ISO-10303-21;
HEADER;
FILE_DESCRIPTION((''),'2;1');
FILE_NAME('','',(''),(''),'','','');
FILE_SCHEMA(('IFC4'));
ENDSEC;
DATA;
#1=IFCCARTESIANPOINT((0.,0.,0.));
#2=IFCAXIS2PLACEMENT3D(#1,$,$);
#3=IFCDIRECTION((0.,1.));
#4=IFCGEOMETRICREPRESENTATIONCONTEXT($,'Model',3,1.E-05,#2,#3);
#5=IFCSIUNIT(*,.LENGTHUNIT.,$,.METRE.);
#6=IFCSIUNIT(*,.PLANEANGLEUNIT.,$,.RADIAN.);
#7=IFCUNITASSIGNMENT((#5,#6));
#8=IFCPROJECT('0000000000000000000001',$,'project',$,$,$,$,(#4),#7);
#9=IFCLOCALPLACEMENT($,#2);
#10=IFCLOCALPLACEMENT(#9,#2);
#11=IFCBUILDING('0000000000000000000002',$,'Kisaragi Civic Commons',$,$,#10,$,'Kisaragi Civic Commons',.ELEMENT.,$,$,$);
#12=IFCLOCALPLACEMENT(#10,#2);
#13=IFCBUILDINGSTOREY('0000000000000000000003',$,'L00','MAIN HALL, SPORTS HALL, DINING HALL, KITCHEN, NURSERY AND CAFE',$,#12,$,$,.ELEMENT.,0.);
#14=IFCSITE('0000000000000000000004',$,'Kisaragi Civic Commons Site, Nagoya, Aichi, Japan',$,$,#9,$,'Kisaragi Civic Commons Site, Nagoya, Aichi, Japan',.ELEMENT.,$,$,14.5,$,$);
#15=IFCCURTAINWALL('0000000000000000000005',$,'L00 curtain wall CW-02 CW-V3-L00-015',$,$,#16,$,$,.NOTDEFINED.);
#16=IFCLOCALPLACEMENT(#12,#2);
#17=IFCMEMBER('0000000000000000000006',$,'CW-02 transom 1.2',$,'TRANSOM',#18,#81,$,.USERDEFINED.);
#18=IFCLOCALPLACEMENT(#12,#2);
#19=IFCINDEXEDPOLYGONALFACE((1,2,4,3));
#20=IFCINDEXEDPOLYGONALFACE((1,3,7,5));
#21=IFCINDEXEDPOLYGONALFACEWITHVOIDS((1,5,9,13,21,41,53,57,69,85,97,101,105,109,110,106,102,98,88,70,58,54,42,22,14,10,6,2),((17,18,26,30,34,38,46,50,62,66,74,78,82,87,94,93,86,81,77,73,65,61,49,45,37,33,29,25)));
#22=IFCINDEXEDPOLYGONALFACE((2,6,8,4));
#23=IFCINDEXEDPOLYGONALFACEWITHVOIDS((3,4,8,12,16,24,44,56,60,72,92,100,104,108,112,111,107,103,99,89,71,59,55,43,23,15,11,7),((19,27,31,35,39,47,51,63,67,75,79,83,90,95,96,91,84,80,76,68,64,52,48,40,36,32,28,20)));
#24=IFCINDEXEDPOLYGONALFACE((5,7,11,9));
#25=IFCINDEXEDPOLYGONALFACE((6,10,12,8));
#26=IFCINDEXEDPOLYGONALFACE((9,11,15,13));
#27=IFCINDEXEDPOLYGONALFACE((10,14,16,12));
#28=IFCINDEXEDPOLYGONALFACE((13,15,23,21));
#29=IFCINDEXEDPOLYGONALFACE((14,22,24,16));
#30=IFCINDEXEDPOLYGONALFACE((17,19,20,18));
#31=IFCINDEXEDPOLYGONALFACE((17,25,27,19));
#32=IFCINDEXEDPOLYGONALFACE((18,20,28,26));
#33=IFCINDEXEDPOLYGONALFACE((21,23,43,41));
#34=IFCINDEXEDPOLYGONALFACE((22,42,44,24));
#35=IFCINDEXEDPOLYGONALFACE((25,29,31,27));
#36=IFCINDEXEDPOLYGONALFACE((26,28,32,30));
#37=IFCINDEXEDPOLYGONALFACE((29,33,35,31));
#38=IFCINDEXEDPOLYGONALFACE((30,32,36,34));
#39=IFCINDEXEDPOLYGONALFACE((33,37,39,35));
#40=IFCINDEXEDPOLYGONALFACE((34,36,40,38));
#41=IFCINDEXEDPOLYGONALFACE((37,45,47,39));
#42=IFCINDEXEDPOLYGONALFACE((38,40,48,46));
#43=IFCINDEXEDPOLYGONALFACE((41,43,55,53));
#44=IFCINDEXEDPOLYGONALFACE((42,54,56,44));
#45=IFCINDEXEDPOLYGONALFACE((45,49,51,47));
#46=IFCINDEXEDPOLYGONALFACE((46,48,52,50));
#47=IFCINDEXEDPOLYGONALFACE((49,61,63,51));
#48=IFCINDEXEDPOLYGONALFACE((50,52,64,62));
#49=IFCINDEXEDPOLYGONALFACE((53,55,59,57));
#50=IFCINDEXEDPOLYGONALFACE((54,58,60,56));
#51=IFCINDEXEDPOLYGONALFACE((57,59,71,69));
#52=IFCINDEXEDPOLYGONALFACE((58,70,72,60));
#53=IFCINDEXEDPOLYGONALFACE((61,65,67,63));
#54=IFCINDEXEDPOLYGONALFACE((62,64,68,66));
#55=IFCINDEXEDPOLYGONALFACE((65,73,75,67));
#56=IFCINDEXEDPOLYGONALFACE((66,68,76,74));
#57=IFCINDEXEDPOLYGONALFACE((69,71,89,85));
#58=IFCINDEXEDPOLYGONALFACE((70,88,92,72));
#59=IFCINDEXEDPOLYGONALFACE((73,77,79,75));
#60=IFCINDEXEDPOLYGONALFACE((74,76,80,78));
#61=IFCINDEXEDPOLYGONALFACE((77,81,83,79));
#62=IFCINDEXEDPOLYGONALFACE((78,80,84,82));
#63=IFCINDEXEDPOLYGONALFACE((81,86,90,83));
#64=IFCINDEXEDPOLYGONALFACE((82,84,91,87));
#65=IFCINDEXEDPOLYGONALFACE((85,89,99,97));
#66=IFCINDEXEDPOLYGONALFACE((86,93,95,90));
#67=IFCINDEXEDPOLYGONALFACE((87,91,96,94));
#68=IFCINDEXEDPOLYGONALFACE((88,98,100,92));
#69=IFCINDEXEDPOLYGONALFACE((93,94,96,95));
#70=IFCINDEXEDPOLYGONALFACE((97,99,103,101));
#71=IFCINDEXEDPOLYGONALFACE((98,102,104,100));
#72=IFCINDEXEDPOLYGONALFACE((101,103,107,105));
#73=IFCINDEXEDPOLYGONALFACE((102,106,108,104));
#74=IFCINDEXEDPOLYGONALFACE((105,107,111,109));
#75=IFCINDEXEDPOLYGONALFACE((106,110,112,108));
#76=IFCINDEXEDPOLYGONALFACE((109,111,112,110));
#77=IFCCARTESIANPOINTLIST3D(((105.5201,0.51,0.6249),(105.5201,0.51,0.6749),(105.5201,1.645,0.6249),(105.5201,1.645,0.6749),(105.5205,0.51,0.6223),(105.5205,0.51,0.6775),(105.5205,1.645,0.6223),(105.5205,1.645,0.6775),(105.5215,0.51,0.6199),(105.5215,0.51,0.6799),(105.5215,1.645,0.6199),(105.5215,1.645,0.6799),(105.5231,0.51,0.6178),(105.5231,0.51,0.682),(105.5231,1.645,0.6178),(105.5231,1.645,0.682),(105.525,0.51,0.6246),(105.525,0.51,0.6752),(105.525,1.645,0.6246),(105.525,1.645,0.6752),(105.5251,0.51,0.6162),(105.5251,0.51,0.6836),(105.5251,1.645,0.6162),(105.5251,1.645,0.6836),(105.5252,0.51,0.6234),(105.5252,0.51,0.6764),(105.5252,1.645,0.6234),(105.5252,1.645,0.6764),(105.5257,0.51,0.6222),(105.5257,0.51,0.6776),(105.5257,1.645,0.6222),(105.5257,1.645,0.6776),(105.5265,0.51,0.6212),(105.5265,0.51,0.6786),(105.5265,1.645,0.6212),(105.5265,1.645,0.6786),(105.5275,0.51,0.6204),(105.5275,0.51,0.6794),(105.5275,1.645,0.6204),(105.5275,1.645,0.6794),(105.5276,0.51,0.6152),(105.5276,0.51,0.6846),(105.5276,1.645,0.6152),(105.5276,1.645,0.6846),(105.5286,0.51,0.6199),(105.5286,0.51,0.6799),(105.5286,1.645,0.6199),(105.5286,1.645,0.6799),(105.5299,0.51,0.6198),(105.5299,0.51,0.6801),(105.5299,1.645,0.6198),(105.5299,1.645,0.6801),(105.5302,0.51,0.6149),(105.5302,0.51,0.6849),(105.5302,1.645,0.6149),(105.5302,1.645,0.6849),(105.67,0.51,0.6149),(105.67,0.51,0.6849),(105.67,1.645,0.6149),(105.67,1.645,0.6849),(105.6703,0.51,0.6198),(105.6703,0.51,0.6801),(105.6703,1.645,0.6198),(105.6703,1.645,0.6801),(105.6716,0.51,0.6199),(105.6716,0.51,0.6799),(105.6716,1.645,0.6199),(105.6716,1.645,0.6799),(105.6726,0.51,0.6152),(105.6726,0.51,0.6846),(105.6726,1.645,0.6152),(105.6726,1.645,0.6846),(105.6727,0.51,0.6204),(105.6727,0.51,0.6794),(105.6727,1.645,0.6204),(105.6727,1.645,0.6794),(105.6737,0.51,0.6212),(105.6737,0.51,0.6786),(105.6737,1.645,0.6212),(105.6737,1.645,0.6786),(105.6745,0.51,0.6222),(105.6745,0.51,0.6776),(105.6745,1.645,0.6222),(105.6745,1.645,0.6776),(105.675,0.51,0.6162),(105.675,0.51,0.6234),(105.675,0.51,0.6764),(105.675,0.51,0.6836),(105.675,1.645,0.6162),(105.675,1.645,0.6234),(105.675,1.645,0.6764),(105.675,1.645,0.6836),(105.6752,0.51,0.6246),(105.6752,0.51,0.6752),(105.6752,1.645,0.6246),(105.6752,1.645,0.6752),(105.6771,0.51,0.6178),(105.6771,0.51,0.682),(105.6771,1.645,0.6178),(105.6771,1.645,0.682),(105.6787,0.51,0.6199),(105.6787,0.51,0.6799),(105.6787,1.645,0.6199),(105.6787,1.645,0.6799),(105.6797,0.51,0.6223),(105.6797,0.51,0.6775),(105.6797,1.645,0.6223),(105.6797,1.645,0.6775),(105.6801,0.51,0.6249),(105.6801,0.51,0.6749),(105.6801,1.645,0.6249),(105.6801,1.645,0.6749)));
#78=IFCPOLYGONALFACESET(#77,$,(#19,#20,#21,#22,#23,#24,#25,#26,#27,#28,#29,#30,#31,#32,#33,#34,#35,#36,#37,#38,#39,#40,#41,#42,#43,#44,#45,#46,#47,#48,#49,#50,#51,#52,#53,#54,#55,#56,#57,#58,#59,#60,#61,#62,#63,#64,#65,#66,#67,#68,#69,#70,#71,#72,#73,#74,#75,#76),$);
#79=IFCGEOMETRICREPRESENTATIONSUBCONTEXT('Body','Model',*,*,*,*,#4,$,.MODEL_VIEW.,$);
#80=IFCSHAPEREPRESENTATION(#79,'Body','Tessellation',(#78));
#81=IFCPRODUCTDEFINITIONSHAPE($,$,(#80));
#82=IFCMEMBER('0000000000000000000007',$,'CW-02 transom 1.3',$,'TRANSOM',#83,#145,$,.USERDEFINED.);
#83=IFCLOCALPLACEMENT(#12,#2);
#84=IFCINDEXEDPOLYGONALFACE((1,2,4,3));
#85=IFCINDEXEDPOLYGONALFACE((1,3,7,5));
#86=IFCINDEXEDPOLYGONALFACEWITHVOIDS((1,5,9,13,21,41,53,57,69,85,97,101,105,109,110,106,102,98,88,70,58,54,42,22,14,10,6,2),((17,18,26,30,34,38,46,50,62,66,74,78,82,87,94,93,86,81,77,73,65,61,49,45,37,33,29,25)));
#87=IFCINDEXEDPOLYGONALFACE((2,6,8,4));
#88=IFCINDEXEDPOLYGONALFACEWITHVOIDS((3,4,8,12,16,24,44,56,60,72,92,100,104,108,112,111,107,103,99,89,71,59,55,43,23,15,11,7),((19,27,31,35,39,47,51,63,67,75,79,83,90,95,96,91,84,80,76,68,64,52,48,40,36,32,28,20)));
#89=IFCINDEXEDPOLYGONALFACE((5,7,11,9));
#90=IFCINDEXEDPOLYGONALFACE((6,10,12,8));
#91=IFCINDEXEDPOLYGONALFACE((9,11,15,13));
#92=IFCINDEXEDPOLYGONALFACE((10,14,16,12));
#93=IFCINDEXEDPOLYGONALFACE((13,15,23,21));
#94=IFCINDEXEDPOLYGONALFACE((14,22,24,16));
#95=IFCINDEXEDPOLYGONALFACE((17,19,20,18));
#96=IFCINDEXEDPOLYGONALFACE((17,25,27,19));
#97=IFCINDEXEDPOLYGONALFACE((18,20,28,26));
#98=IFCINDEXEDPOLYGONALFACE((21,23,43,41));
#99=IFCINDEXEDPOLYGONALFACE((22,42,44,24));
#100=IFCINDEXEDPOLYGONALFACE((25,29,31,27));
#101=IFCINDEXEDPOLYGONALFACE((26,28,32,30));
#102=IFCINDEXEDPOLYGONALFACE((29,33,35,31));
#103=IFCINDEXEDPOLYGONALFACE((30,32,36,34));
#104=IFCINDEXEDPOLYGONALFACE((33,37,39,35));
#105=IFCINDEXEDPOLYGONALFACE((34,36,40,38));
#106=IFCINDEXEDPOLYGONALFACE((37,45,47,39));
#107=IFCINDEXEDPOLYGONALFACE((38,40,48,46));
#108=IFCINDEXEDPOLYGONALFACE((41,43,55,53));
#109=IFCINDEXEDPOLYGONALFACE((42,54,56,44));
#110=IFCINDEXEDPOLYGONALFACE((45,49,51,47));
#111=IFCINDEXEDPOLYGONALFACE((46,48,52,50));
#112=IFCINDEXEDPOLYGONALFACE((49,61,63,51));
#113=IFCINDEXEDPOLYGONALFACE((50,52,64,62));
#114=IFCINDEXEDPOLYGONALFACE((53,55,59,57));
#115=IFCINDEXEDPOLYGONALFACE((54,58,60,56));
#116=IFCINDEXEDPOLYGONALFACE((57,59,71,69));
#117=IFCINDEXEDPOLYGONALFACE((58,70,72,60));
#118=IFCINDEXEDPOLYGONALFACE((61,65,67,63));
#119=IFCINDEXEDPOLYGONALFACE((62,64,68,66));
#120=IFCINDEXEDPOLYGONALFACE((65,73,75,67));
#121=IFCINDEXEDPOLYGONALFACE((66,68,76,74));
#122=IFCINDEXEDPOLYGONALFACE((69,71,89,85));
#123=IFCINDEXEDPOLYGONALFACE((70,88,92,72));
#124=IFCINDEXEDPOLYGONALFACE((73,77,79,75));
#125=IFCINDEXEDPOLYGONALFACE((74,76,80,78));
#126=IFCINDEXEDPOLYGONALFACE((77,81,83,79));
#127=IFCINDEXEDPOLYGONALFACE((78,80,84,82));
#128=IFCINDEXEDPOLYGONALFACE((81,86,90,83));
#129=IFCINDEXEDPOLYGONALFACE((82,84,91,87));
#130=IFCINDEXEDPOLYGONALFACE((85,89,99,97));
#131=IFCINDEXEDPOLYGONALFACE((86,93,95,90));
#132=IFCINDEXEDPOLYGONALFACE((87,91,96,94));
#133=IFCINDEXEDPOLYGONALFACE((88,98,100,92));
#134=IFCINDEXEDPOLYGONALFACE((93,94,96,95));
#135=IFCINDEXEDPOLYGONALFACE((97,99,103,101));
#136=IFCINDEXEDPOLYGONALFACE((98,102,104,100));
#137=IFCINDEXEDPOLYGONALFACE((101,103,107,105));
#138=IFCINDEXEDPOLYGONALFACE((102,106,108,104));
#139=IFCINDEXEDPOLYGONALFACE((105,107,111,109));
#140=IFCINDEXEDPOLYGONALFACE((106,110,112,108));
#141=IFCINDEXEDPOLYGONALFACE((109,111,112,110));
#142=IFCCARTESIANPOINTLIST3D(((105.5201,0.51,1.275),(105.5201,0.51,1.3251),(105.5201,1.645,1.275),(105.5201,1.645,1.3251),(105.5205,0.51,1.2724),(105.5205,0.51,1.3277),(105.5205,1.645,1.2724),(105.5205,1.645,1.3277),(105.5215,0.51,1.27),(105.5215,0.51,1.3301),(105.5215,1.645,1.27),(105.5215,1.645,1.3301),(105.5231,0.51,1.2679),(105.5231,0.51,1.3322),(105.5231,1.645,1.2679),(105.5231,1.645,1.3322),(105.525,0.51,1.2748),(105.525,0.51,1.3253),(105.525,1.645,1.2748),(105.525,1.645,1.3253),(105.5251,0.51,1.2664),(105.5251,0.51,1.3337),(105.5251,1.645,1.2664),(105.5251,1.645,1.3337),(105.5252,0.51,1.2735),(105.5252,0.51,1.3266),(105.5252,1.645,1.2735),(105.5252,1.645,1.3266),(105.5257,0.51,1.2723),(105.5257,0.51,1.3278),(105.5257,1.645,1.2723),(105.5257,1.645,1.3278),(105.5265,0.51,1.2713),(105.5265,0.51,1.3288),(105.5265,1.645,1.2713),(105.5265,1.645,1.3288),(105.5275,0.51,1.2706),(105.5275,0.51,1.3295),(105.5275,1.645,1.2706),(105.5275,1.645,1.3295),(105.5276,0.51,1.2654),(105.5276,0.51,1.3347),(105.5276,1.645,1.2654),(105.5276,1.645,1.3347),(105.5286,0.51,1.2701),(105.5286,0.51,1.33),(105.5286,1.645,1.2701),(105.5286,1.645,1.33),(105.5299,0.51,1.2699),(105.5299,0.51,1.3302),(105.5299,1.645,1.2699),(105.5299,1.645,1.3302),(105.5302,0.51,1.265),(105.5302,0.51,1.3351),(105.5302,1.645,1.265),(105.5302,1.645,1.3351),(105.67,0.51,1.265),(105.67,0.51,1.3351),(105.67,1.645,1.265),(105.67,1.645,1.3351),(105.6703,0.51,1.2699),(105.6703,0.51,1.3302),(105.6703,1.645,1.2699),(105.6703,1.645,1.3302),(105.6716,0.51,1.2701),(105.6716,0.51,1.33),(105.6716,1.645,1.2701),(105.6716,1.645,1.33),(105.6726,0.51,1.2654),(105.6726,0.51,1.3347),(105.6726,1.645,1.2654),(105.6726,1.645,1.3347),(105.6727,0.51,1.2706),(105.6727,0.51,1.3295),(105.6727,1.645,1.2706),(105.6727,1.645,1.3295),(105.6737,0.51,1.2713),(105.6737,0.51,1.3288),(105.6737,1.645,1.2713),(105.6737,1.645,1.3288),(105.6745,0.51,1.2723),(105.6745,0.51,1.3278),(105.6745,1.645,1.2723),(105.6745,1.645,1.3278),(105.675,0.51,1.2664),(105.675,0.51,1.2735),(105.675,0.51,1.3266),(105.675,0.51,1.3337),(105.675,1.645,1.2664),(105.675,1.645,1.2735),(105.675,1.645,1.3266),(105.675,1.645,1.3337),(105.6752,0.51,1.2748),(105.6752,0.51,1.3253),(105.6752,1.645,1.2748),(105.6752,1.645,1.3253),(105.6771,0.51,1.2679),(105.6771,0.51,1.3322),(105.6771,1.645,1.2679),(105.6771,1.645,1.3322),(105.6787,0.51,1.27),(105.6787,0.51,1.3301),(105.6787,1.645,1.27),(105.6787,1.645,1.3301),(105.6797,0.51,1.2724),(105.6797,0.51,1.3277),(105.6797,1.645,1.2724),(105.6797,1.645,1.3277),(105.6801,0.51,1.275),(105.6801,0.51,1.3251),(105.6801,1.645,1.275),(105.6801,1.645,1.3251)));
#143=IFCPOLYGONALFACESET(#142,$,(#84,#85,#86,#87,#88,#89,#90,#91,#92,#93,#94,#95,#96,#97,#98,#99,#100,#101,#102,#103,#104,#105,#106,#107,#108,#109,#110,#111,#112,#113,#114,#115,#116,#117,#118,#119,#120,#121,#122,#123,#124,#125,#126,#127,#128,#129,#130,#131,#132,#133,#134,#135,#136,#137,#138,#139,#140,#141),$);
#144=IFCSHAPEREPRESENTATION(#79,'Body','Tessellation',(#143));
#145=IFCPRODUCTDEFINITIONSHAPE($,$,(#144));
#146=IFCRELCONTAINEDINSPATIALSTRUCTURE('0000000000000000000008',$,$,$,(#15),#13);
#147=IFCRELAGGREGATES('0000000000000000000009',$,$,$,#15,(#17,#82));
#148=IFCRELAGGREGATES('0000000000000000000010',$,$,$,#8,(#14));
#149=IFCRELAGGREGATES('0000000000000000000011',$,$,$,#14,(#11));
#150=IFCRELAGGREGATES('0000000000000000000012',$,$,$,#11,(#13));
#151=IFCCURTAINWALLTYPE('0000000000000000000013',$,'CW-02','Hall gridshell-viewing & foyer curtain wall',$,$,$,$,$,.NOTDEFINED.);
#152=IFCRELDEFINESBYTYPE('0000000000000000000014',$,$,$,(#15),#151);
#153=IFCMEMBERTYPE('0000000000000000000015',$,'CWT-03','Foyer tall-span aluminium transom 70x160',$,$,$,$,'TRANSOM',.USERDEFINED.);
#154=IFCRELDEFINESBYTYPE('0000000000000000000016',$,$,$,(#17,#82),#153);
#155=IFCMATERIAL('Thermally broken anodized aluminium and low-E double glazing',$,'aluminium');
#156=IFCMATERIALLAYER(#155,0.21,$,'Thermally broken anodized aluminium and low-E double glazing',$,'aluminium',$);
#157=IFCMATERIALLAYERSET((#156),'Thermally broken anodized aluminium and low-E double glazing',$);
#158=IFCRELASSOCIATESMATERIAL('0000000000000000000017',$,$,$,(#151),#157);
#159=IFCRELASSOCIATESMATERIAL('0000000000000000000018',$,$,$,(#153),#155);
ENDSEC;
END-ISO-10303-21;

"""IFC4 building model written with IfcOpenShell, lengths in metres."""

from ifc_helpers import new_model, si_unit, direction, frame, origin, origin_2d, place, context, subcontext, project, spatial, hollow_rectangle, extrude, material, layer, layer_set, material_profile, profile_set, type_object, element, aggregate, save


model = new_model("IFC4")

# Units and contexts
model_context = context("Model", 3, precision=1e-05, world=origin(), true_north=direction((0.0, 1.0)))
body_context = subcontext(model_context, "Body", "Model", "MODEL_VIEW")
ifc_project = project(units=[si_unit("LENGTHUNIT", "METRE"), si_unit("PLANEANGLEUNIT", "RADIAN")], contexts=[model_context])

# Site, building, storey
site_placement = place(None, origin())
site = spatial("IfcSite", under=ifc_project, at=site_placement, Name="Kisaragi Civic Commons Site, Nagoya, Aichi, Japan", LongName="Kisaragi Civic Commons Site, Nagoya, Aichi, Japan", CompositionType="ELEMENT", RefElevation=14.5)
building_placement = place(site_placement, origin())
building = spatial("IfcBuilding", under=site, at=building_placement, Name="Kisaragi Civic Commons", LongName="Kisaragi Civic Commons", CompositionType="ELEMENT")
storey_placement = place(building_placement, origin())
storey = spatial("IfcBuildingStorey", under=building, at=storey_placement, Name="L00", Description="MAIN HALL, SPORTS HALL, DINING HALL, KITCHEN, NURSERY AND CAFE", CompositionType="ELEMENT", Elevation=0.0)

# Curtain wall
ifc_material_1 = material(Name="Thermally broken anodized aluminium and low-E double glazing", Category="aluminium")
ifc_layer_1 = layer(ifc_material_1, 0.21, Name="Thermally broken anodized aluminium and low-E double glazing", Category="aluminium")
ifc_layer_set_1 = layer_set([ifc_layer_1], Name="Thermally broken anodized aluminium and low-E double glazing")
curtain_wall_type = type_object("IfcCurtainWallType", Name="CW-02", Description="Hall gridshell-viewing & foyer curtain wall", PredefinedType="NOTDEFINED", material=ifc_layer_set_1)
curtain_wall_1_placement = place(storey_placement, origin())
curtain_wall_1 = element("IfcCurtainWall", 1, at=curtain_wall_1_placement, inside=storey, type_object=curtain_wall_type, Name="L00 curtain wall CW-02 CW-V3-L00-015", PredefinedType="NOTDEFINED")

# Members
ifc_material_profile_1 = material_profile(ifc_material_1, hollow_rectangle(XDim=0.1599, YDim=0.0701, WallThickness=0.0049, InnerFilletRadius=0.0049, OuterFilletRadius=0.01, at=origin_2d()), Name="CWT-70x160x5", Category="aluminium")
ifc_profile_set_1 = profile_set([ifc_material_profile_1], Name="Thermally broken anodized aluminium and low-E double glazing")
member_type_1 = type_object("IfcMemberType", Name="CWT-03", Description="Foyer tall-span aluminium transom 70x160", ElementType="TRANSOM", PredefinedType="USERDEFINED", material=ifc_profile_set_1)
member_1_placement = place(storey_placement, frame((105.6001, 0.51, 0.6499), z_axis=(0.0, 1.0, 0.0), x_axis=(-1.0, 0.0, 0.0)))
member_1 = element("IfcMember", 2, at=member_1_placement, type_object=member_type_1, Name="CW-02 transom 1.2", ObjectType="TRANSOM", PredefinedType="USERDEFINED", context=body_context, shape_type="SweptSolid", body=[
    extrude(hollow_rectangle(XDim=0.1599, YDim=0.0701, WallThickness=0.0049, InnerFilletRadius=0.0049, OuterFilletRadius=0.01, at=origin_2d()), origin(), (0.0, 0.0, 1.0), 1.135),
])
member_2_placement = place(storey_placement, frame((105.6001, 0.51, 1.3), z_axis=(0.0, 1.0, 0.0), x_axis=(-1.0, 0.0, 0.0)))
member_2 = element("IfcMember", 3, at=member_2_placement, type_object=member_type_1, Name="CW-02 transom 1.3", ObjectType="TRANSOM", PredefinedType="USERDEFINED", context=body_context, shape_type="SweptSolid", body=[
    extrude(hollow_rectangle(XDim=0.1599, YDim=0.0701, WallThickness=0.0049, InnerFilletRadius=0.0049, OuterFilletRadius=0.01, at=origin_2d()), origin(), (0.0, 0.0, 1.0), 1.135),
])

aggregate(curtain_wall_1, [member_1, member_2])

save(model, "model.ifc")
